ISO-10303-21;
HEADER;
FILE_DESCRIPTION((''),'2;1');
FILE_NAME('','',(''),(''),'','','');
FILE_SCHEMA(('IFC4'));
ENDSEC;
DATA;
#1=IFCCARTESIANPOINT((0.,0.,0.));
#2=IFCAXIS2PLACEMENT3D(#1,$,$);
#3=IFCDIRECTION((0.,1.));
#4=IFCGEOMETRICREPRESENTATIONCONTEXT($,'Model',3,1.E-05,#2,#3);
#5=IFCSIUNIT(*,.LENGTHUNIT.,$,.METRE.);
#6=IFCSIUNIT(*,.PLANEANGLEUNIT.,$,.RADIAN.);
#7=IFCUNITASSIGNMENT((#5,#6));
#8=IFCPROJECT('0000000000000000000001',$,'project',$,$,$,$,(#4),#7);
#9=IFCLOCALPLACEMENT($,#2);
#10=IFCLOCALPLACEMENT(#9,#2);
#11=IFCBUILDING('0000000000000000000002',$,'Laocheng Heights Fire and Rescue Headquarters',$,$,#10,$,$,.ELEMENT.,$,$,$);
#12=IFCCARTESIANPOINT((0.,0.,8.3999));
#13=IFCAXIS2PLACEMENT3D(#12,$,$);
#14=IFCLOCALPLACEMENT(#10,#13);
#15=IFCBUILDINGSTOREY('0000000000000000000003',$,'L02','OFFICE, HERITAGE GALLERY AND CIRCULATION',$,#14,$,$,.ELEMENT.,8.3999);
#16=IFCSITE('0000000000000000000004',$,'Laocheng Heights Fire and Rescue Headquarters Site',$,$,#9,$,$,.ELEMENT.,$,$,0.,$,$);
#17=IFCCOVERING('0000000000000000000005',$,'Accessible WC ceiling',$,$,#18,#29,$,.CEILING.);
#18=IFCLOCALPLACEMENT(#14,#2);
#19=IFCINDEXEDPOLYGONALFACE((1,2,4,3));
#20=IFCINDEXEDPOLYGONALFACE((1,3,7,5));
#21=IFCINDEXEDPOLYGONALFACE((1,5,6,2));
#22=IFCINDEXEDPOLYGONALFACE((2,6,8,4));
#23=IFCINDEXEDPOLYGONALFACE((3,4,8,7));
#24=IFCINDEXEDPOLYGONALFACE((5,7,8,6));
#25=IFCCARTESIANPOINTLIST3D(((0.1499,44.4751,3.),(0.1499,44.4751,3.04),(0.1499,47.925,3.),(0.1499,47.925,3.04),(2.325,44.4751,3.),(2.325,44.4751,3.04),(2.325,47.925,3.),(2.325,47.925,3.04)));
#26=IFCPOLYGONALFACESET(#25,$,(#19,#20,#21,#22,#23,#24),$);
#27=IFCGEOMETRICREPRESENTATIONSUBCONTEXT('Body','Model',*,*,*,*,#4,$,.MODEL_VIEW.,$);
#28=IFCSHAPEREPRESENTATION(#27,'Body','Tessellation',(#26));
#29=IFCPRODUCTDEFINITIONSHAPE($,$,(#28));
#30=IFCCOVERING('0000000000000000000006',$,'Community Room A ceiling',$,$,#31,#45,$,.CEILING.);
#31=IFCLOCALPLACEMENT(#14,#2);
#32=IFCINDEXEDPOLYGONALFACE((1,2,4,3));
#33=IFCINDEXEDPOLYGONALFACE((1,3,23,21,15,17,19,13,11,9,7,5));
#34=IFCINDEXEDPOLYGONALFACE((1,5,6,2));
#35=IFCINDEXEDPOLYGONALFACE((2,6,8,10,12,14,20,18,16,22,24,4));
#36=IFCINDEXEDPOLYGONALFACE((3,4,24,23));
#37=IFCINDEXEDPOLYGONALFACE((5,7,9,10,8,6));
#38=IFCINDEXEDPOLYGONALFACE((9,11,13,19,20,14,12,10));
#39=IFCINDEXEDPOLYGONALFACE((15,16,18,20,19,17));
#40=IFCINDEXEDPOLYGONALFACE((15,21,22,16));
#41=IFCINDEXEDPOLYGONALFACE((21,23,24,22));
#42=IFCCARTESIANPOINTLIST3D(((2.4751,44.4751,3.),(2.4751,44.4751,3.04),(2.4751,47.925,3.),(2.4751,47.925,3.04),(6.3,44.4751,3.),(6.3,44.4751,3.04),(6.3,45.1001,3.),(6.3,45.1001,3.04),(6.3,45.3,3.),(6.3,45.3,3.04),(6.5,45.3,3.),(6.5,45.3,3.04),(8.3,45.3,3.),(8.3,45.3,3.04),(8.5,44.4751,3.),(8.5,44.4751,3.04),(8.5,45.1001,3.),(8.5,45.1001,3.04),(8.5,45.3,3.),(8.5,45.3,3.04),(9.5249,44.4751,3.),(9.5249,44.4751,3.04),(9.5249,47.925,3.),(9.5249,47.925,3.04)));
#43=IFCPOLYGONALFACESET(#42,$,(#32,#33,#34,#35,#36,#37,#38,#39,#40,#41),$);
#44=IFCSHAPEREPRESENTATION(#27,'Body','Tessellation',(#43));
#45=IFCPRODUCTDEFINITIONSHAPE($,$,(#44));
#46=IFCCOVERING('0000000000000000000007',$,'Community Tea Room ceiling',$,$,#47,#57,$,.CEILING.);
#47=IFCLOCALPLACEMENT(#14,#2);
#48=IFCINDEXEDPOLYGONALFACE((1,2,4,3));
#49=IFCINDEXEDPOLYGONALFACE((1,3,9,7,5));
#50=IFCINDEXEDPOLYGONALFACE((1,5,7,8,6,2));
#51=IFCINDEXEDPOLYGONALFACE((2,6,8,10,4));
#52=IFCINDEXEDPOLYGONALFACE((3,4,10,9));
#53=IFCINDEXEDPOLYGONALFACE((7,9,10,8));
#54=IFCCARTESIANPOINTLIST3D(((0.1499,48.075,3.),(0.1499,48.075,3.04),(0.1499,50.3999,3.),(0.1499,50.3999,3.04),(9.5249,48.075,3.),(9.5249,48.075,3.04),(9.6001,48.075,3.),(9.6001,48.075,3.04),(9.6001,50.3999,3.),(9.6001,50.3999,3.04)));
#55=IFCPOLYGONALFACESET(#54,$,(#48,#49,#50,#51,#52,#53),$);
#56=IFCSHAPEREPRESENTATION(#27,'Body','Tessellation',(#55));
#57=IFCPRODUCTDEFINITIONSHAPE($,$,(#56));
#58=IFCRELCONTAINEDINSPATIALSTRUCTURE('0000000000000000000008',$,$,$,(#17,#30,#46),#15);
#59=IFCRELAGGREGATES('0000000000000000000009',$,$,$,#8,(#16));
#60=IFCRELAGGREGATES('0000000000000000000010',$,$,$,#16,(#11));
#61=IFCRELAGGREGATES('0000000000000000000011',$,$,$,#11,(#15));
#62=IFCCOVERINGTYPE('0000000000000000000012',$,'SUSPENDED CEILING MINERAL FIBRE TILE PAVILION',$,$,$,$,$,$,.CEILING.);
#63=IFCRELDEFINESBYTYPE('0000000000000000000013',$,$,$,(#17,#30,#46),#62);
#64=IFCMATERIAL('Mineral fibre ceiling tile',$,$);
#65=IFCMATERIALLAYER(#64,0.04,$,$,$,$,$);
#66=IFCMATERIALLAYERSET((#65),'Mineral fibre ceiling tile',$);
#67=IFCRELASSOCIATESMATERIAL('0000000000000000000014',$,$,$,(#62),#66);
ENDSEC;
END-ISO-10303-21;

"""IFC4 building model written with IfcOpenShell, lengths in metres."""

from ifc_helpers import new_model, si_unit, direction, frame, origin, place, context, subcontext, project, spatial, polyline, outline, extrude, material, layer, layer_set, type_object, element, save


model = new_model("IFC4")

# Units and contexts
model_context = context("Model", 3, precision=1e-05, world=origin(), true_north=direction((0.0, 1.0)))
body_context = subcontext(model_context, "Body", "Model", "MODEL_VIEW")
ifc_project = project(units=[si_unit("LENGTHUNIT", "METRE"), si_unit("PLANEANGLEUNIT", "RADIAN")], contexts=[model_context])

# Site, building, storey
site_placement = place(None, origin())
site = spatial("IfcSite", under=ifc_project, at=site_placement, Name="Laocheng Heights Fire and Rescue Headquarters Site", CompositionType="ELEMENT", RefElevation=0.0)
building_placement = place(site_placement, origin())
building = spatial("IfcBuilding", under=site, at=building_placement, Name="Laocheng Heights Fire and Rescue Headquarters", CompositionType="ELEMENT")
storey_placement = place(building_placement, frame((0.0, 0.0, 8.3999)))
storey = spatial("IfcBuildingStorey", under=building, at=storey_placement, Name="L02", Description="OFFICE, HERITAGE GALLERY AND CIRCULATION", CompositionType="ELEMENT", Elevation=8.3999)

# Coverings
ifc_material_1 = material(Name="Mineral fibre ceiling tile")
ifc_layer_1 = layer(ifc_material_1, 0.04)
ifc_layer_set_1 = layer_set([ifc_layer_1], Name="Mineral fibre ceiling tile")
covering_type_1 = type_object("IfcCoveringType", Name="SUSPENDED CEILING MINERAL FIBRE TILE PAVILION", PredefinedType="CEILING", material=ifc_layer_set_1)
covering_1_placement = place(storey_placement, frame((0.0, 0.0, 3.0)))
element("IfcCovering", 1, at=covering_1_placement, inside=storey, type_object=covering_type_1, Name="Accessible WC ceiling", PredefinedType="CEILING", context=body_context, shape_type="SweptSolid", body=[
    extrude(outline(polyline([(0.1499, 44.4751), (0.1499, 47.925), (2.325, 47.925), (2.325, 44.4751), (0.1499, 44.4751)])), origin(), (0.0, 0.0, 1.0), 0.04),
])
covering_2_placement = place(storey_placement, frame((0.0, 0.0, 3.0)))
element("IfcCovering", 2, at=covering_2_placement, inside=storey, type_object=covering_type_1, Name="Community Room A ceiling", PredefinedType="CEILING", context=body_context, shape_type="SweptSolid", body=[
    extrude(outline(polyline([(9.5249, 44.4751), (8.5, 44.4751), (8.5, 45.1001), (8.5, 45.3), (8.3, 45.3), (6.5, 45.3), (6.3, 45.3), (6.3, 45.1001), (6.3, 44.4751), (2.4751, 44.4751), (2.4751, 47.925), (9.5249, 47.925), (9.5249, 44.4751)])), origin(), (0.0, 0.0, 1.0), 0.04),
])
covering_3_placement = place(storey_placement, frame((0.0, 0.0, 3.0)))
element("IfcCovering", 3, at=covering_3_placement, inside=storey, type_object=covering_type_1, Name="Community Tea Room ceiling", PredefinedType="CEILING", context=body_context, shape_type="SweptSolid", body=[
    extrude(outline(polyline([(9.6001, 48.075), (9.5249, 48.075), (0.1499, 48.075), (0.1499, 50.3999), (9.6001, 50.3999), (9.6001, 48.075)])), origin(), (0.0, 0.0, 1.0), 0.04),
])

save(model, "model.ifc")
